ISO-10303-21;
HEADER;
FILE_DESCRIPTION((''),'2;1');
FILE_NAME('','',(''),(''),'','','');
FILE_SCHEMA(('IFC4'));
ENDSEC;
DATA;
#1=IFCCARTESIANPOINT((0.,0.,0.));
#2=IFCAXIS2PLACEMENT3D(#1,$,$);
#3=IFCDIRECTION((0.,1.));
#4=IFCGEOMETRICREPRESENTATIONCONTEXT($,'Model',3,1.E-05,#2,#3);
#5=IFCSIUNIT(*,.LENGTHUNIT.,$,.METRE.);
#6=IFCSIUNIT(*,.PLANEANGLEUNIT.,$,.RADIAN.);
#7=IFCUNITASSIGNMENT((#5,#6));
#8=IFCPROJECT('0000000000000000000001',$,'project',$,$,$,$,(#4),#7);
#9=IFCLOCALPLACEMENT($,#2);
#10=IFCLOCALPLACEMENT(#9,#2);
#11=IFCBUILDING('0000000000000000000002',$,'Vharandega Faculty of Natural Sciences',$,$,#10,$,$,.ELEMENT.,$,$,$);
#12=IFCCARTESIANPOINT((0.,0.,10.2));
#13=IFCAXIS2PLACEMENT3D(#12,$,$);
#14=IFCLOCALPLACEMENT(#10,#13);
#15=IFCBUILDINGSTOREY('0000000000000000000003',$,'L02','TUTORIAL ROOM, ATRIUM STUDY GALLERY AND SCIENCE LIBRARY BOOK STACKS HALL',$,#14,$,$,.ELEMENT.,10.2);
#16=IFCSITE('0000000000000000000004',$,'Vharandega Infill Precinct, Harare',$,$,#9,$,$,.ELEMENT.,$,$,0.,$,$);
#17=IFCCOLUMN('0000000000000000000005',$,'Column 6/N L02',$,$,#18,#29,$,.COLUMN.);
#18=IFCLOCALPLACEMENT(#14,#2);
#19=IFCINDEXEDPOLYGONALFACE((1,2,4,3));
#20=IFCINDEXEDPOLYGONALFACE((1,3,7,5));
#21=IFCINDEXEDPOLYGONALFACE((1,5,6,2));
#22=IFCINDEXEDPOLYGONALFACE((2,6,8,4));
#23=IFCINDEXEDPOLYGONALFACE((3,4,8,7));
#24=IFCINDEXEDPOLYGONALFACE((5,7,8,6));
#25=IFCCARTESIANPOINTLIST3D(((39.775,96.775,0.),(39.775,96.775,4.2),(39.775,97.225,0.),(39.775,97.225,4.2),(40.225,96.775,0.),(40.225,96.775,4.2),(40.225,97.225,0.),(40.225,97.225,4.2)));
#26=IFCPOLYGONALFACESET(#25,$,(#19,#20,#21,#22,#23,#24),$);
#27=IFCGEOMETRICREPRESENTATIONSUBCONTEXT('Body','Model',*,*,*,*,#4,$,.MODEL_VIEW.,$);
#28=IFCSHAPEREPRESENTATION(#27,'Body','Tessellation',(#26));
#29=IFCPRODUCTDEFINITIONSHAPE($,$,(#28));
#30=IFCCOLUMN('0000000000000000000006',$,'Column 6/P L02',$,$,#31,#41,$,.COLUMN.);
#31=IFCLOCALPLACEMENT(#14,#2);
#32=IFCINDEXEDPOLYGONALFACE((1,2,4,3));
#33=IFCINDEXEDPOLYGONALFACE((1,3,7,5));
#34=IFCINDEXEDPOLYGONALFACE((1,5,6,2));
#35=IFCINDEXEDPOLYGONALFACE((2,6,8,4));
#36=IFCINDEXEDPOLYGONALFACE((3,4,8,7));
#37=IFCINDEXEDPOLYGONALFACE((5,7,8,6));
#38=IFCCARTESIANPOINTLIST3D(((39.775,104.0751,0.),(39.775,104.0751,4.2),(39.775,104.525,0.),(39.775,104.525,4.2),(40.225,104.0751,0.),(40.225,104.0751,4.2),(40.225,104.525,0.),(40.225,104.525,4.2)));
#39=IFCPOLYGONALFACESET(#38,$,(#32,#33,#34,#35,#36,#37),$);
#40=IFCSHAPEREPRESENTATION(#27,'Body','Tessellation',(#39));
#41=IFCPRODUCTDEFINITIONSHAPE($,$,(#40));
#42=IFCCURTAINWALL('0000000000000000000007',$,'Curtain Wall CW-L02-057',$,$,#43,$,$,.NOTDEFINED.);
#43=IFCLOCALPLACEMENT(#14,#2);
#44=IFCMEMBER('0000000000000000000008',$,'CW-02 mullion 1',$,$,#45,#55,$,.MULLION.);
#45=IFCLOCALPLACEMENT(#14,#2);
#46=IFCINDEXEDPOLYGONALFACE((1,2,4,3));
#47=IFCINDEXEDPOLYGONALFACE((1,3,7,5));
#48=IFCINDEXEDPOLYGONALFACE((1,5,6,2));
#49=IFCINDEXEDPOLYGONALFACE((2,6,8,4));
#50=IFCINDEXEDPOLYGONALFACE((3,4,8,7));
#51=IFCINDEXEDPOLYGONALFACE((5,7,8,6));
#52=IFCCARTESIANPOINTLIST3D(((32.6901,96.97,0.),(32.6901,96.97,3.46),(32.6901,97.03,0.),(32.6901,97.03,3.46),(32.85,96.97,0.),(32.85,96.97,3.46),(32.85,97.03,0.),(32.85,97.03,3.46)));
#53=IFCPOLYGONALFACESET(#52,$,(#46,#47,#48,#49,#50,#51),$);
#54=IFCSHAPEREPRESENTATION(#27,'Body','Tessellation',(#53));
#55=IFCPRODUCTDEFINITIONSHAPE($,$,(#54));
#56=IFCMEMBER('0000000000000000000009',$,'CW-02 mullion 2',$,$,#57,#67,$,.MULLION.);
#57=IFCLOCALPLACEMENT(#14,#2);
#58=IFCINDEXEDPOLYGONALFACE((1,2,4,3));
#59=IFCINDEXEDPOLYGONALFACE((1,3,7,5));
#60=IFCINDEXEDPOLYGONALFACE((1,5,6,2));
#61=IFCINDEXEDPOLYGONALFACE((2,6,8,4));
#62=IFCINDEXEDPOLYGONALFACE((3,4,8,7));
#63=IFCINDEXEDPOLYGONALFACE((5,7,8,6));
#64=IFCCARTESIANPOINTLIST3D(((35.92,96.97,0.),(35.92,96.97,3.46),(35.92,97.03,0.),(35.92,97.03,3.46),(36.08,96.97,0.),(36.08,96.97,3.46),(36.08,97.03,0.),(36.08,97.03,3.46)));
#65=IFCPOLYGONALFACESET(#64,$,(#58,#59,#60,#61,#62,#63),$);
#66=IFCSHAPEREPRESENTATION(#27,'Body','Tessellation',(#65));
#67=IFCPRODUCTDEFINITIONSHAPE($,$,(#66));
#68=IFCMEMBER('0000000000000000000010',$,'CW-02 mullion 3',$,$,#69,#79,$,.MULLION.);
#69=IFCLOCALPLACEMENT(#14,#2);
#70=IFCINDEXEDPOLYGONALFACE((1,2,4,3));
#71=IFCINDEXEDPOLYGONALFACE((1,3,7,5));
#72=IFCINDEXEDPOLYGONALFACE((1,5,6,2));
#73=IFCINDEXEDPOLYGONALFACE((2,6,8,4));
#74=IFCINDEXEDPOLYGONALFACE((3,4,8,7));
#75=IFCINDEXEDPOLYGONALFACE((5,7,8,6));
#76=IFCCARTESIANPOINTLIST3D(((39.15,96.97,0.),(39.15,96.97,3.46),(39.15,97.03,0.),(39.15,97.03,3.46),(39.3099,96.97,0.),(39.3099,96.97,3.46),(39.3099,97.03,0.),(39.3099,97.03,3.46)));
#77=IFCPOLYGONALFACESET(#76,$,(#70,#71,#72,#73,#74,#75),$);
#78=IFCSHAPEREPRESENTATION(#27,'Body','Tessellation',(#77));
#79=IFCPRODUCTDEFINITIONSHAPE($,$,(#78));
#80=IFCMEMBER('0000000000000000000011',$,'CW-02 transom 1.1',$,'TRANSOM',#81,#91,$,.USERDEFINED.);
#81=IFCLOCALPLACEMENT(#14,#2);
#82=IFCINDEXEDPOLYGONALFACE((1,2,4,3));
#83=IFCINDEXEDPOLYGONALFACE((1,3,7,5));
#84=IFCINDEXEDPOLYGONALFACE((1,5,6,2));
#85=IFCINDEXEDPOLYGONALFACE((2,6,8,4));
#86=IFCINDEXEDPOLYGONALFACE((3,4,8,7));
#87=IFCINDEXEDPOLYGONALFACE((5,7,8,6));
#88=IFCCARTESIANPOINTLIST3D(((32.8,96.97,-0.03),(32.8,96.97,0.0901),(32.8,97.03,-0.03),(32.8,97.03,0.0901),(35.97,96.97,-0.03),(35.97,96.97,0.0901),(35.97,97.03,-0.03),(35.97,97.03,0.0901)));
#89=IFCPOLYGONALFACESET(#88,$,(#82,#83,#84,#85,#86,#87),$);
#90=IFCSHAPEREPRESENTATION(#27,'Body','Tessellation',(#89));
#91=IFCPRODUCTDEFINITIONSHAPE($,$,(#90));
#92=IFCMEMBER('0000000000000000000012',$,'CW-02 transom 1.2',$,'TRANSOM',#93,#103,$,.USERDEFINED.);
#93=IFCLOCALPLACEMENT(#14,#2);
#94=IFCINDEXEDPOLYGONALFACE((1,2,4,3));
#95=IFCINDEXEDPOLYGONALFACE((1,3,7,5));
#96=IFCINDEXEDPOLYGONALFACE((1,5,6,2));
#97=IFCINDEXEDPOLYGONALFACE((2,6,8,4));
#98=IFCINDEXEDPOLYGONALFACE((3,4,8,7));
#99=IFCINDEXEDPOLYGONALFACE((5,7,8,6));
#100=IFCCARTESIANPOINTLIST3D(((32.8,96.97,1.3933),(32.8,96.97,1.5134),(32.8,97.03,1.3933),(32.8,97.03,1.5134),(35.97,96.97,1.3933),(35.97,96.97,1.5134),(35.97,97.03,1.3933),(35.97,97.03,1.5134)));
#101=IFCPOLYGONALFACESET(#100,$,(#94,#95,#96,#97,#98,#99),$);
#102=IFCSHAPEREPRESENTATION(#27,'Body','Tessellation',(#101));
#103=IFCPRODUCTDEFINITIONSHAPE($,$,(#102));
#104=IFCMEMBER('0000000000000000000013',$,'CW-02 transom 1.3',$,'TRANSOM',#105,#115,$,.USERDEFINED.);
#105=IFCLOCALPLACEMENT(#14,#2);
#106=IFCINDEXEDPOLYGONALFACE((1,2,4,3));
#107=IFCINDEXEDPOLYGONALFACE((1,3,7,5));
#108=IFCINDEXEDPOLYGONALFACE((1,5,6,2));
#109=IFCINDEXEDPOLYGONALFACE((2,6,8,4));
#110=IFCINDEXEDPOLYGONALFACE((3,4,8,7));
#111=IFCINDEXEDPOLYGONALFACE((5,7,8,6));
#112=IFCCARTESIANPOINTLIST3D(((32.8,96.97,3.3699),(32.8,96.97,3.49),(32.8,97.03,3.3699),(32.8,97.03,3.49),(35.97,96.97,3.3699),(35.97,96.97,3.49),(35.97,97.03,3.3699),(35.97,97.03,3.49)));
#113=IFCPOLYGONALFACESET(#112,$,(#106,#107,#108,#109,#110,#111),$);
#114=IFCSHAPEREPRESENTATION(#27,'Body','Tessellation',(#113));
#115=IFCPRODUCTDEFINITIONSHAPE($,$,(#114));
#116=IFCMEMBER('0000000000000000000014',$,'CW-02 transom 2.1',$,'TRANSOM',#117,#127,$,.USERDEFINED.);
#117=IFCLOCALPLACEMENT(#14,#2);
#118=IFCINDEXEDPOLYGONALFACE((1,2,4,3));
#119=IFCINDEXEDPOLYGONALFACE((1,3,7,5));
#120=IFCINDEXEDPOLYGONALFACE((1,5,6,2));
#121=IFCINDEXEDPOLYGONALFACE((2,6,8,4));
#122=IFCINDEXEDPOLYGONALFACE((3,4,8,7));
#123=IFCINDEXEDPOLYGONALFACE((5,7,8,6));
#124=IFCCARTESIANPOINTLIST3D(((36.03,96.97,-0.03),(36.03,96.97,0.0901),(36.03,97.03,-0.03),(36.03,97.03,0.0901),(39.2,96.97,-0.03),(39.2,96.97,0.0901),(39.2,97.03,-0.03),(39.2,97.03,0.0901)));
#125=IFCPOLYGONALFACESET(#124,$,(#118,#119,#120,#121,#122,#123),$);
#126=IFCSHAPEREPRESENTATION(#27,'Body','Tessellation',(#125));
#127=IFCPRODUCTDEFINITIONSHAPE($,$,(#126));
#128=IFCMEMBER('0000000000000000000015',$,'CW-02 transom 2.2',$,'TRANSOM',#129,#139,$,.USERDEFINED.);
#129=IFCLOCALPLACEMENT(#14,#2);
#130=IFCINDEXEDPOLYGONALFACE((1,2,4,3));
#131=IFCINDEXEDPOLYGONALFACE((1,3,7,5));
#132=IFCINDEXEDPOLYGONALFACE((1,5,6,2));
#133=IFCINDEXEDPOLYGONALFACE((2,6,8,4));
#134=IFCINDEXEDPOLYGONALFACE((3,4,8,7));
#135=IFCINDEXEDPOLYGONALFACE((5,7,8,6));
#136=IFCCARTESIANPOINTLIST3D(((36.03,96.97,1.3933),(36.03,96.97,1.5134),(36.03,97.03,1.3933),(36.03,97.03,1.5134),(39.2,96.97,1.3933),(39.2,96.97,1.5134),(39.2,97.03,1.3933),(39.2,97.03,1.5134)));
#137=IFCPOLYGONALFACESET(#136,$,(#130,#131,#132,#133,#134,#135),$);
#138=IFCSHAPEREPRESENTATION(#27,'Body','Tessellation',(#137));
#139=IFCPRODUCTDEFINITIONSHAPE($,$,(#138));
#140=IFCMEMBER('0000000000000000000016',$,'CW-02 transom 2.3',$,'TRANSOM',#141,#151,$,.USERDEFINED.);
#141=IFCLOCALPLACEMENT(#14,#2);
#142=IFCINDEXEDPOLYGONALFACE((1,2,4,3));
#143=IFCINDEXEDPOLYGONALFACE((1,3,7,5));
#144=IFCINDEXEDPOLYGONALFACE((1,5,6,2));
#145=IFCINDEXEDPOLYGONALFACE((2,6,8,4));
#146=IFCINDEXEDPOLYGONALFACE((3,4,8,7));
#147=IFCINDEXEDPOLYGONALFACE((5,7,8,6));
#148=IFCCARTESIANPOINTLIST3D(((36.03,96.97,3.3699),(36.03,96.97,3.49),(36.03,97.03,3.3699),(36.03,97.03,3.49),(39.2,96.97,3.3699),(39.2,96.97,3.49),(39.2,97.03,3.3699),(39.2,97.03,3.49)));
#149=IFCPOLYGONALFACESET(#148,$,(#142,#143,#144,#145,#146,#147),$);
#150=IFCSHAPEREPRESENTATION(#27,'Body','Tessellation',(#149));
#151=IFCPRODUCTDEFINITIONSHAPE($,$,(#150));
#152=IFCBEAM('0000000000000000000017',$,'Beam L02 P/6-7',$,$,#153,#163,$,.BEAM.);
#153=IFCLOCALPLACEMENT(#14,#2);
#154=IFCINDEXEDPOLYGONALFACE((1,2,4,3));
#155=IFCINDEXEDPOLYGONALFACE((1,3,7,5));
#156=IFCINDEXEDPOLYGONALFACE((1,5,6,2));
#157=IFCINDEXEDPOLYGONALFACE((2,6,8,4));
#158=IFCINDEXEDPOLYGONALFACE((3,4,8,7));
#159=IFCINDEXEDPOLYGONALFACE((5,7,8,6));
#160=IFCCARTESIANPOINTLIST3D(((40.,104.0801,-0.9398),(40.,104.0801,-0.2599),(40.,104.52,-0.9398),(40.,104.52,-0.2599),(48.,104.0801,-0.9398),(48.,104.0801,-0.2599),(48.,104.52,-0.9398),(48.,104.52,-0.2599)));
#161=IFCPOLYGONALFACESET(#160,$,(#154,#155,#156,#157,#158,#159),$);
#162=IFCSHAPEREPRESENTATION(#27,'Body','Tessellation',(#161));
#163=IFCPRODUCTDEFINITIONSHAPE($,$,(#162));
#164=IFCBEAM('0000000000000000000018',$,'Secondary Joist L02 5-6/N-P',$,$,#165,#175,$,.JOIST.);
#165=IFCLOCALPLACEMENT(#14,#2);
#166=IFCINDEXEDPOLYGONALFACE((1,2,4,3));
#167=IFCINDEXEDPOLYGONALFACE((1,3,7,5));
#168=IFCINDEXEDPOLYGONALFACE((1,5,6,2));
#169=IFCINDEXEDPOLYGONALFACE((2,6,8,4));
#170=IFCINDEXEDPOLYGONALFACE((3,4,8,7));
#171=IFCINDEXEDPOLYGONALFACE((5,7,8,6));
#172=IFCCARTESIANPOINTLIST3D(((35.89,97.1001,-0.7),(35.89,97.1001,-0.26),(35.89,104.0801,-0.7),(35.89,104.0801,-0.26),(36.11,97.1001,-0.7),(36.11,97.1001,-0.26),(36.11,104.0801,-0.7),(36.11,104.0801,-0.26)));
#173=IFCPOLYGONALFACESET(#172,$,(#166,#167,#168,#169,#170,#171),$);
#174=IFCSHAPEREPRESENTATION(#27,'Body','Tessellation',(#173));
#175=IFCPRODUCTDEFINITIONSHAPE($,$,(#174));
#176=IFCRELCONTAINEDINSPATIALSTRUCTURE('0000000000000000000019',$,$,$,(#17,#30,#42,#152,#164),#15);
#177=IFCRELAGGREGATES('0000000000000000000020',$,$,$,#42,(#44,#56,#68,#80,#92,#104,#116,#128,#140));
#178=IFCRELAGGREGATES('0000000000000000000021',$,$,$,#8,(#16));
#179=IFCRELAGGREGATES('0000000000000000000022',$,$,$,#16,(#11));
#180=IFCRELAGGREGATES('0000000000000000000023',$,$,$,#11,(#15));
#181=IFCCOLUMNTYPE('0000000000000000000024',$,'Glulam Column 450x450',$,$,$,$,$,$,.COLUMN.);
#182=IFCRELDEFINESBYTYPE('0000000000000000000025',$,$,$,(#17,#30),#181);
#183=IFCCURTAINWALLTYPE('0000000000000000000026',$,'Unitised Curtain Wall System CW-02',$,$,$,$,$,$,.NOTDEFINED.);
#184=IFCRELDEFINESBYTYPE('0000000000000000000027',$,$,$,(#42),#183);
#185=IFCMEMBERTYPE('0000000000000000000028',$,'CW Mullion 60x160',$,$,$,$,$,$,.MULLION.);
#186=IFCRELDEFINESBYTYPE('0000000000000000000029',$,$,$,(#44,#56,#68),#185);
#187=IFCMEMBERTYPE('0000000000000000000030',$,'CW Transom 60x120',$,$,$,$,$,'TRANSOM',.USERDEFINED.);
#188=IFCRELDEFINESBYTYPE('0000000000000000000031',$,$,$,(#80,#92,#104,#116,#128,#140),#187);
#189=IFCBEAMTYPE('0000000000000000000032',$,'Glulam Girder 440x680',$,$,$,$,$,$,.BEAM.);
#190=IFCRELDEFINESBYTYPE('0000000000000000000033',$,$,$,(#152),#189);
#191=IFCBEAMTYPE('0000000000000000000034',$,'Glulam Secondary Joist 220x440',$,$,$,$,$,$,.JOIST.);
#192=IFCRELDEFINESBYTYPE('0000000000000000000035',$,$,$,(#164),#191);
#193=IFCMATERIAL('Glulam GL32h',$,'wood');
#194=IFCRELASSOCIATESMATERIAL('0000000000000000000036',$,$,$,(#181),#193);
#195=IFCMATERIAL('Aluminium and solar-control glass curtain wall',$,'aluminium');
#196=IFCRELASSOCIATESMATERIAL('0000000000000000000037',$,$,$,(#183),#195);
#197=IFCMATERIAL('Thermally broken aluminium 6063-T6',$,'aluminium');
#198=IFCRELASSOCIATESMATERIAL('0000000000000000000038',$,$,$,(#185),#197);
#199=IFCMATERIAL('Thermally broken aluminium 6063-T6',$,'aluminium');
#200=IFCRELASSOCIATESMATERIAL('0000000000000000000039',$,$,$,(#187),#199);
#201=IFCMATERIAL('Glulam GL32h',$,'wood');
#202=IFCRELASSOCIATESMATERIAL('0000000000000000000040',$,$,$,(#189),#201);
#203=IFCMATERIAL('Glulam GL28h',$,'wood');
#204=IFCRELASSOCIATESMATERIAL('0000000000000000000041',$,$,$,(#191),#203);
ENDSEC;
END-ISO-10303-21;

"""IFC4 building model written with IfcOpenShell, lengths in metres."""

from ifc_helpers import new_model, si_unit, direction, frame, origin, origin_2d, place, context, subcontext, project, spatial, rectangle, extrude, material, material_profile, profile_set, type_object, element, aggregate, save


model = new_model("IFC4")

# Units and contexts
model_context = context("Model", 3, precision=1e-05, world=origin(), true_north=direction((0.0, 1.0)))
body_context = subcontext(model_context, "Body", "Model", "MODEL_VIEW")
ifc_project = project(units=[si_unit("LENGTHUNIT", "METRE"), si_unit("PLANEANGLEUNIT", "RADIAN")], contexts=[model_context])

# Site, building, storey
site_placement = place(None, origin())
site = spatial("IfcSite", under=ifc_project, at=site_placement, Name="Vharandega Infill Precinct, Harare", CompositionType="ELEMENT", RefElevation=0.0)
building_placement = place(site_placement, origin())
building = spatial("IfcBuilding", under=site, at=building_placement, Name="Vharandega Faculty of Natural Sciences", CompositionType="ELEMENT")
storey_placement = place(building_placement, frame((0.0, 0.0, 10.2)))
storey = spatial("IfcBuildingStorey", under=building, at=storey_placement, Name="L02", Description="TUTORIAL ROOM, ATRIUM STUDY GALLERY AND SCIENCE LIBRARY BOOK STACKS HALL", CompositionType="ELEMENT", Elevation=10.2)

# Columns
ifc_material_1 = material(Name="Glulam GL32h", Category="wood")
ifc_material_profile_1 = material_profile(ifc_material_1, rectangle(XDim=0.45, YDim=0.45, at=origin_2d()), Name="GL32h 450x450")
ifc_profile_set_1 = profile_set([ifc_material_profile_1], Name="Glulam GL32h")
column_type = type_object("IfcColumnType", Name="Glulam Column 450x450", PredefinedType="COLUMN", material=ifc_profile_set_1)
for number, where, z_axis, x_axis, name in (
    (1, (40.0, 97.0, 0.0), (0.0, 0.0, 1.0), (1.0, 0.0, 0.0), "Column 6/N L02"),
    (2, (40.0, 104.3, 0.0), (0.0, 0.0, 1.0), (1.0, 0.0, 0.0), "Column 6/P L02"),
):
    element("IfcColumn", number, at=place(storey_placement, frame(where, z_axis=z_axis, x_axis=x_axis)), inside=storey, type_object=column_type, Name=name, PredefinedType="COLUMN", context=body_context, shape_type="SweptSolid", body=[
        extrude(rectangle(XDim=0.45, YDim=0.45, at=origin_2d()), origin(), (0.0, 0.0, 1.0), 4.2),
    ])

# Curtain wall, members
ifc_material_2 = material(Name="Aluminium and solar-control glass curtain wall", Category="aluminium")
curtain_wall_type = type_object("IfcCurtainWallType", Name="Unitised Curtain Wall System CW-02", PredefinedType="NOTDEFINED", material=ifc_material_2)
curtain_wall_placement = place(storey_placement, origin())
curtain_wall = element("IfcCurtainWall", 3, at=curtain_wall_placement, inside=storey, type_object=curtain_wall_type, Name="Curtain Wall CW-L02-057", PredefinedType="NOTDEFINED")
ifc_material_3 = material(Name="Thermally broken aluminium 6063-T6", Category="aluminium")
ifc_material_profile_2 = material_profile(ifc_material_3, rectangle(XDim=0.0601, YDim=0.1599, at=origin_2d()), Name="ALU 60x160")
ifc_profile_set_2 = profile_set([ifc_material_profile_2], Name="Thermally broken aluminium 6063-T6")
member_type_1 = type_object("IfcMemberType", Name="CW Mullion 60x160", PredefinedType="MULLION", material=ifc_profile_set_2)
member_1_placement = place(storey_placement, frame((32.77, 97.0, 0.0), z_axis=(0.0, 0.0, 1.0), x_axis=(0.0, 1.0, 0.0)))
member_1 = element("IfcMember", 4, at=member_1_placement, type_object=member_type_1, Name="CW-02 mullion 1", PredefinedType="MULLION", context=body_context, shape_type="SweptSolid", body=[
    extrude(rectangle(XDim=0.0601, YDim=0.1599, at=origin_2d()), origin(), (0.0, 0.0, 1.0), 3.46),
])
member_2_placement = place(storey_placement, frame((36.0, 97.0, 0.0), z_axis=(0.0, 0.0, 1.0), x_axis=(0.0, 1.0, 0.0)))
member_2 = element("IfcMember", 5, at=member_2_placement, type_object=member_type_1, Name="CW-02 mullion 2", PredefinedType="MULLION", context=body_context, shape_type="SweptSolid", body=[
    extrude(rectangle(XDim=0.0601, YDim=0.1599, at=origin_2d()), origin(), (0.0, 0.0, 1.0), 3.46),
])
member_3_placement = place(storey_placement, frame((39.23, 97.0, 0.0), z_axis=(0.0, 0.0, 1.0), x_axis=(0.0, 1.0, 0.0)))
member_3 = element("IfcMember", 6, at=member_3_placement, type_object=member_type_1, Name="CW-02 mullion 3", PredefinedType="MULLION", context=body_context, shape_type="SweptSolid", body=[
    extrude(rectangle(XDim=0.0601, YDim=0.1599, at=origin_2d()), origin(), (0.0, 0.0, 1.0), 3.46),
])
ifc_material_4 = material(Name="Thermally broken aluminium 6063-T6", Category="aluminium")
ifc_material_profile_3 = material_profile(ifc_material_4, rectangle(XDim=0.0601, YDim=0.1201, at=origin_2d()), Name="ALU 60x120")
ifc_profile_set_3 = profile_set([ifc_material_profile_3], Name="Thermally broken aluminium 6063-T6")
member_type_2 = type_object("IfcMemberType", Name="CW Transom 60x120", ElementType="TRANSOM", PredefinedType="USERDEFINED", material=ifc_profile_set_3)
member_4_placement = place(storey_placement, frame((32.8, 97.0, 0.03), z_axis=(1.0, 0.0, 0.0), x_axis=(0.0, 1.0, 0.0)))
member_4 = element("IfcMember", 7, at=member_4_placement, type_object=member_type_2, Name="CW-02 transom 1.1", ObjectType="TRANSOM", PredefinedType="USERDEFINED", context=body_context, shape_type="SweptSolid", body=[
    extrude(rectangle(XDim=0.0601, YDim=0.1201, at=origin_2d()), origin(), (0.0, 0.0, 1.0), 3.1699),
])
member_5_placement = place(storey_placement, frame((32.8, 97.0, 1.4534), z_axis=(1.0, 0.0, 0.0), x_axis=(0.0, 1.0, 0.0)))
member_5 = element("IfcMember", 8, at=member_5_placement, type_object=member_type_2, Name="CW-02 transom 1.2", ObjectType="TRANSOM", PredefinedType="USERDEFINED", context=body_context, shape_type="SweptSolid", body=[
    extrude(rectangle(XDim=0.0601, YDim=0.1201, at=origin_2d()), origin(), (0.0, 0.0, 1.0), 3.1699),
])
member_6_placement = place(storey_placement, frame((32.8, 97.0, 3.4299), z_axis=(1.0, 0.0, 0.0), x_axis=(0.0, 1.0, 0.0)))
member_6 = element("IfcMember", 9, at=member_6_placement, type_object=member_type_2, Name="CW-02 transom 1.3", ObjectType="TRANSOM", PredefinedType="USERDEFINED", context=body_context, shape_type="SweptSolid", body=[
    extrude(rectangle(XDim=0.0601, YDim=0.1201, at=origin_2d()), origin(), (0.0, 0.0, 1.0), 3.1699),
])
member_7_placement = place(storey_placement, frame((36.03, 97.0, 0.03), z_axis=(1.0, 0.0, 0.0), x_axis=(0.0, 1.0, 0.0)))
member_7 = element("IfcMember", 10, at=member_7_placement, type_object=member_type_2, Name="CW-02 transom 2.1", ObjectType="TRANSOM", PredefinedType="USERDEFINED", context=body_context, shape_type="SweptSolid", body=[
    extrude(rectangle(XDim=0.0601, YDim=0.1201, at=origin_2d()), origin(), (0.0, 0.0, 1.0), 3.1699),
])
member_8_placement = place(storey_placement, frame((36.03, 97.0, 1.4534), z_axis=(1.0, 0.0, 0.0), x_axis=(0.0, 1.0, 0.0)))
member_8 = element("IfcMember", 11, at=member_8_placement, type_object=member_type_2, Name="CW-02 transom 2.2", ObjectType="TRANSOM", PredefinedType="USERDEFINED", context=body_context, shape_type="SweptSolid", body=[
    extrude(rectangle(XDim=0.0601, YDim=0.1201, at=origin_2d()), origin(), (0.0, 0.0, 1.0), 3.1699),
])
member_9_placement = place(storey_placement, frame((36.03, 97.0, 3.4299), z_axis=(1.0, 0.0, 0.0), x_axis=(0.0, 1.0, 0.0)))
member_9 = element("IfcMember", 12, at=member_9_placement, type_object=member_type_2, Name="CW-02 transom 2.3", ObjectType="TRANSOM", PredefinedType="USERDEFINED", context=body_context, shape_type="SweptSolid", body=[
    extrude(rectangle(XDim=0.0601, YDim=0.1201, at=origin_2d()), origin(), (0.0, 0.0, 1.0), 3.1699),
])

# Beams
ifc_material_5 = material(Name="Glulam GL32h", Category="wood")
ifc_material_profile_4 = material_profile(ifc_material_5, rectangle(XDim=0.4399, YDim=0.6799, at=origin_2d()), Name="GL32h 440x680")
ifc_profile_set_4 = profile_set([ifc_material_profile_4], Name="Glulam GL32h")
beam_type_1 = type_object("IfcBeamType", Name="Glulam Girder 440x680", PredefinedType="BEAM", material=ifc_profile_set_4)
beam_1_placement = place(storey_placement, frame((40.0, 104.3, -0.5999), z_axis=(1.0, 0.0, 0.0), x_axis=(0.0, 1.0, 0.0)))
element("IfcBeam", 13, at=beam_1_placement, inside=storey, type_object=beam_type_1, Name="Beam L02 P/6-7", PredefinedType="BEAM", context=body_context, shape_type="SweptSolid", body=[
    extrude(rectangle(XDim=0.4399, YDim=0.6799, at=origin_2d()), origin(), (0.0, 0.0, 1.0), 8.0),
])
ifc_material_6 = material(Name="Glulam GL28h", Category="wood")
ifc_material_profile_5 = material_profile(ifc_material_6, rectangle(XDim=0.22, YDim=0.4399, at=origin_2d()), Name="GL28h 220x440")
ifc_profile_set_5 = profile_set([ifc_material_profile_5], Name="Glulam GL28h")
beam_type_2 = type_object("IfcBeamType", Name="Glulam Secondary Joist 220x440", PredefinedType="JOIST", material=ifc_profile_set_5)
beam_2_placement = place(storey_placement, frame((36.0, 97.1001, -0.48), z_axis=(0.0, 1.0, 0.0), x_axis=(-1.0, 0.0, 0.0)))
element("IfcBeam", 14, at=beam_2_placement, inside=storey, type_object=beam_type_2, Name="Secondary Joist L02 5-6/N-P", PredefinedType="JOIST", context=body_context, shape_type="SweptSolid", body=[
    extrude(rectangle(XDim=0.22, YDim=0.4399, at=origin_2d()), origin(), (0.0, 0.0, 1.0), 6.98),
])

aggregate(curtain_wall, [member_1, member_2, member_3, member_4, member_5, member_6, member_7, member_8, member_9])

save(model, "model.ifc")
